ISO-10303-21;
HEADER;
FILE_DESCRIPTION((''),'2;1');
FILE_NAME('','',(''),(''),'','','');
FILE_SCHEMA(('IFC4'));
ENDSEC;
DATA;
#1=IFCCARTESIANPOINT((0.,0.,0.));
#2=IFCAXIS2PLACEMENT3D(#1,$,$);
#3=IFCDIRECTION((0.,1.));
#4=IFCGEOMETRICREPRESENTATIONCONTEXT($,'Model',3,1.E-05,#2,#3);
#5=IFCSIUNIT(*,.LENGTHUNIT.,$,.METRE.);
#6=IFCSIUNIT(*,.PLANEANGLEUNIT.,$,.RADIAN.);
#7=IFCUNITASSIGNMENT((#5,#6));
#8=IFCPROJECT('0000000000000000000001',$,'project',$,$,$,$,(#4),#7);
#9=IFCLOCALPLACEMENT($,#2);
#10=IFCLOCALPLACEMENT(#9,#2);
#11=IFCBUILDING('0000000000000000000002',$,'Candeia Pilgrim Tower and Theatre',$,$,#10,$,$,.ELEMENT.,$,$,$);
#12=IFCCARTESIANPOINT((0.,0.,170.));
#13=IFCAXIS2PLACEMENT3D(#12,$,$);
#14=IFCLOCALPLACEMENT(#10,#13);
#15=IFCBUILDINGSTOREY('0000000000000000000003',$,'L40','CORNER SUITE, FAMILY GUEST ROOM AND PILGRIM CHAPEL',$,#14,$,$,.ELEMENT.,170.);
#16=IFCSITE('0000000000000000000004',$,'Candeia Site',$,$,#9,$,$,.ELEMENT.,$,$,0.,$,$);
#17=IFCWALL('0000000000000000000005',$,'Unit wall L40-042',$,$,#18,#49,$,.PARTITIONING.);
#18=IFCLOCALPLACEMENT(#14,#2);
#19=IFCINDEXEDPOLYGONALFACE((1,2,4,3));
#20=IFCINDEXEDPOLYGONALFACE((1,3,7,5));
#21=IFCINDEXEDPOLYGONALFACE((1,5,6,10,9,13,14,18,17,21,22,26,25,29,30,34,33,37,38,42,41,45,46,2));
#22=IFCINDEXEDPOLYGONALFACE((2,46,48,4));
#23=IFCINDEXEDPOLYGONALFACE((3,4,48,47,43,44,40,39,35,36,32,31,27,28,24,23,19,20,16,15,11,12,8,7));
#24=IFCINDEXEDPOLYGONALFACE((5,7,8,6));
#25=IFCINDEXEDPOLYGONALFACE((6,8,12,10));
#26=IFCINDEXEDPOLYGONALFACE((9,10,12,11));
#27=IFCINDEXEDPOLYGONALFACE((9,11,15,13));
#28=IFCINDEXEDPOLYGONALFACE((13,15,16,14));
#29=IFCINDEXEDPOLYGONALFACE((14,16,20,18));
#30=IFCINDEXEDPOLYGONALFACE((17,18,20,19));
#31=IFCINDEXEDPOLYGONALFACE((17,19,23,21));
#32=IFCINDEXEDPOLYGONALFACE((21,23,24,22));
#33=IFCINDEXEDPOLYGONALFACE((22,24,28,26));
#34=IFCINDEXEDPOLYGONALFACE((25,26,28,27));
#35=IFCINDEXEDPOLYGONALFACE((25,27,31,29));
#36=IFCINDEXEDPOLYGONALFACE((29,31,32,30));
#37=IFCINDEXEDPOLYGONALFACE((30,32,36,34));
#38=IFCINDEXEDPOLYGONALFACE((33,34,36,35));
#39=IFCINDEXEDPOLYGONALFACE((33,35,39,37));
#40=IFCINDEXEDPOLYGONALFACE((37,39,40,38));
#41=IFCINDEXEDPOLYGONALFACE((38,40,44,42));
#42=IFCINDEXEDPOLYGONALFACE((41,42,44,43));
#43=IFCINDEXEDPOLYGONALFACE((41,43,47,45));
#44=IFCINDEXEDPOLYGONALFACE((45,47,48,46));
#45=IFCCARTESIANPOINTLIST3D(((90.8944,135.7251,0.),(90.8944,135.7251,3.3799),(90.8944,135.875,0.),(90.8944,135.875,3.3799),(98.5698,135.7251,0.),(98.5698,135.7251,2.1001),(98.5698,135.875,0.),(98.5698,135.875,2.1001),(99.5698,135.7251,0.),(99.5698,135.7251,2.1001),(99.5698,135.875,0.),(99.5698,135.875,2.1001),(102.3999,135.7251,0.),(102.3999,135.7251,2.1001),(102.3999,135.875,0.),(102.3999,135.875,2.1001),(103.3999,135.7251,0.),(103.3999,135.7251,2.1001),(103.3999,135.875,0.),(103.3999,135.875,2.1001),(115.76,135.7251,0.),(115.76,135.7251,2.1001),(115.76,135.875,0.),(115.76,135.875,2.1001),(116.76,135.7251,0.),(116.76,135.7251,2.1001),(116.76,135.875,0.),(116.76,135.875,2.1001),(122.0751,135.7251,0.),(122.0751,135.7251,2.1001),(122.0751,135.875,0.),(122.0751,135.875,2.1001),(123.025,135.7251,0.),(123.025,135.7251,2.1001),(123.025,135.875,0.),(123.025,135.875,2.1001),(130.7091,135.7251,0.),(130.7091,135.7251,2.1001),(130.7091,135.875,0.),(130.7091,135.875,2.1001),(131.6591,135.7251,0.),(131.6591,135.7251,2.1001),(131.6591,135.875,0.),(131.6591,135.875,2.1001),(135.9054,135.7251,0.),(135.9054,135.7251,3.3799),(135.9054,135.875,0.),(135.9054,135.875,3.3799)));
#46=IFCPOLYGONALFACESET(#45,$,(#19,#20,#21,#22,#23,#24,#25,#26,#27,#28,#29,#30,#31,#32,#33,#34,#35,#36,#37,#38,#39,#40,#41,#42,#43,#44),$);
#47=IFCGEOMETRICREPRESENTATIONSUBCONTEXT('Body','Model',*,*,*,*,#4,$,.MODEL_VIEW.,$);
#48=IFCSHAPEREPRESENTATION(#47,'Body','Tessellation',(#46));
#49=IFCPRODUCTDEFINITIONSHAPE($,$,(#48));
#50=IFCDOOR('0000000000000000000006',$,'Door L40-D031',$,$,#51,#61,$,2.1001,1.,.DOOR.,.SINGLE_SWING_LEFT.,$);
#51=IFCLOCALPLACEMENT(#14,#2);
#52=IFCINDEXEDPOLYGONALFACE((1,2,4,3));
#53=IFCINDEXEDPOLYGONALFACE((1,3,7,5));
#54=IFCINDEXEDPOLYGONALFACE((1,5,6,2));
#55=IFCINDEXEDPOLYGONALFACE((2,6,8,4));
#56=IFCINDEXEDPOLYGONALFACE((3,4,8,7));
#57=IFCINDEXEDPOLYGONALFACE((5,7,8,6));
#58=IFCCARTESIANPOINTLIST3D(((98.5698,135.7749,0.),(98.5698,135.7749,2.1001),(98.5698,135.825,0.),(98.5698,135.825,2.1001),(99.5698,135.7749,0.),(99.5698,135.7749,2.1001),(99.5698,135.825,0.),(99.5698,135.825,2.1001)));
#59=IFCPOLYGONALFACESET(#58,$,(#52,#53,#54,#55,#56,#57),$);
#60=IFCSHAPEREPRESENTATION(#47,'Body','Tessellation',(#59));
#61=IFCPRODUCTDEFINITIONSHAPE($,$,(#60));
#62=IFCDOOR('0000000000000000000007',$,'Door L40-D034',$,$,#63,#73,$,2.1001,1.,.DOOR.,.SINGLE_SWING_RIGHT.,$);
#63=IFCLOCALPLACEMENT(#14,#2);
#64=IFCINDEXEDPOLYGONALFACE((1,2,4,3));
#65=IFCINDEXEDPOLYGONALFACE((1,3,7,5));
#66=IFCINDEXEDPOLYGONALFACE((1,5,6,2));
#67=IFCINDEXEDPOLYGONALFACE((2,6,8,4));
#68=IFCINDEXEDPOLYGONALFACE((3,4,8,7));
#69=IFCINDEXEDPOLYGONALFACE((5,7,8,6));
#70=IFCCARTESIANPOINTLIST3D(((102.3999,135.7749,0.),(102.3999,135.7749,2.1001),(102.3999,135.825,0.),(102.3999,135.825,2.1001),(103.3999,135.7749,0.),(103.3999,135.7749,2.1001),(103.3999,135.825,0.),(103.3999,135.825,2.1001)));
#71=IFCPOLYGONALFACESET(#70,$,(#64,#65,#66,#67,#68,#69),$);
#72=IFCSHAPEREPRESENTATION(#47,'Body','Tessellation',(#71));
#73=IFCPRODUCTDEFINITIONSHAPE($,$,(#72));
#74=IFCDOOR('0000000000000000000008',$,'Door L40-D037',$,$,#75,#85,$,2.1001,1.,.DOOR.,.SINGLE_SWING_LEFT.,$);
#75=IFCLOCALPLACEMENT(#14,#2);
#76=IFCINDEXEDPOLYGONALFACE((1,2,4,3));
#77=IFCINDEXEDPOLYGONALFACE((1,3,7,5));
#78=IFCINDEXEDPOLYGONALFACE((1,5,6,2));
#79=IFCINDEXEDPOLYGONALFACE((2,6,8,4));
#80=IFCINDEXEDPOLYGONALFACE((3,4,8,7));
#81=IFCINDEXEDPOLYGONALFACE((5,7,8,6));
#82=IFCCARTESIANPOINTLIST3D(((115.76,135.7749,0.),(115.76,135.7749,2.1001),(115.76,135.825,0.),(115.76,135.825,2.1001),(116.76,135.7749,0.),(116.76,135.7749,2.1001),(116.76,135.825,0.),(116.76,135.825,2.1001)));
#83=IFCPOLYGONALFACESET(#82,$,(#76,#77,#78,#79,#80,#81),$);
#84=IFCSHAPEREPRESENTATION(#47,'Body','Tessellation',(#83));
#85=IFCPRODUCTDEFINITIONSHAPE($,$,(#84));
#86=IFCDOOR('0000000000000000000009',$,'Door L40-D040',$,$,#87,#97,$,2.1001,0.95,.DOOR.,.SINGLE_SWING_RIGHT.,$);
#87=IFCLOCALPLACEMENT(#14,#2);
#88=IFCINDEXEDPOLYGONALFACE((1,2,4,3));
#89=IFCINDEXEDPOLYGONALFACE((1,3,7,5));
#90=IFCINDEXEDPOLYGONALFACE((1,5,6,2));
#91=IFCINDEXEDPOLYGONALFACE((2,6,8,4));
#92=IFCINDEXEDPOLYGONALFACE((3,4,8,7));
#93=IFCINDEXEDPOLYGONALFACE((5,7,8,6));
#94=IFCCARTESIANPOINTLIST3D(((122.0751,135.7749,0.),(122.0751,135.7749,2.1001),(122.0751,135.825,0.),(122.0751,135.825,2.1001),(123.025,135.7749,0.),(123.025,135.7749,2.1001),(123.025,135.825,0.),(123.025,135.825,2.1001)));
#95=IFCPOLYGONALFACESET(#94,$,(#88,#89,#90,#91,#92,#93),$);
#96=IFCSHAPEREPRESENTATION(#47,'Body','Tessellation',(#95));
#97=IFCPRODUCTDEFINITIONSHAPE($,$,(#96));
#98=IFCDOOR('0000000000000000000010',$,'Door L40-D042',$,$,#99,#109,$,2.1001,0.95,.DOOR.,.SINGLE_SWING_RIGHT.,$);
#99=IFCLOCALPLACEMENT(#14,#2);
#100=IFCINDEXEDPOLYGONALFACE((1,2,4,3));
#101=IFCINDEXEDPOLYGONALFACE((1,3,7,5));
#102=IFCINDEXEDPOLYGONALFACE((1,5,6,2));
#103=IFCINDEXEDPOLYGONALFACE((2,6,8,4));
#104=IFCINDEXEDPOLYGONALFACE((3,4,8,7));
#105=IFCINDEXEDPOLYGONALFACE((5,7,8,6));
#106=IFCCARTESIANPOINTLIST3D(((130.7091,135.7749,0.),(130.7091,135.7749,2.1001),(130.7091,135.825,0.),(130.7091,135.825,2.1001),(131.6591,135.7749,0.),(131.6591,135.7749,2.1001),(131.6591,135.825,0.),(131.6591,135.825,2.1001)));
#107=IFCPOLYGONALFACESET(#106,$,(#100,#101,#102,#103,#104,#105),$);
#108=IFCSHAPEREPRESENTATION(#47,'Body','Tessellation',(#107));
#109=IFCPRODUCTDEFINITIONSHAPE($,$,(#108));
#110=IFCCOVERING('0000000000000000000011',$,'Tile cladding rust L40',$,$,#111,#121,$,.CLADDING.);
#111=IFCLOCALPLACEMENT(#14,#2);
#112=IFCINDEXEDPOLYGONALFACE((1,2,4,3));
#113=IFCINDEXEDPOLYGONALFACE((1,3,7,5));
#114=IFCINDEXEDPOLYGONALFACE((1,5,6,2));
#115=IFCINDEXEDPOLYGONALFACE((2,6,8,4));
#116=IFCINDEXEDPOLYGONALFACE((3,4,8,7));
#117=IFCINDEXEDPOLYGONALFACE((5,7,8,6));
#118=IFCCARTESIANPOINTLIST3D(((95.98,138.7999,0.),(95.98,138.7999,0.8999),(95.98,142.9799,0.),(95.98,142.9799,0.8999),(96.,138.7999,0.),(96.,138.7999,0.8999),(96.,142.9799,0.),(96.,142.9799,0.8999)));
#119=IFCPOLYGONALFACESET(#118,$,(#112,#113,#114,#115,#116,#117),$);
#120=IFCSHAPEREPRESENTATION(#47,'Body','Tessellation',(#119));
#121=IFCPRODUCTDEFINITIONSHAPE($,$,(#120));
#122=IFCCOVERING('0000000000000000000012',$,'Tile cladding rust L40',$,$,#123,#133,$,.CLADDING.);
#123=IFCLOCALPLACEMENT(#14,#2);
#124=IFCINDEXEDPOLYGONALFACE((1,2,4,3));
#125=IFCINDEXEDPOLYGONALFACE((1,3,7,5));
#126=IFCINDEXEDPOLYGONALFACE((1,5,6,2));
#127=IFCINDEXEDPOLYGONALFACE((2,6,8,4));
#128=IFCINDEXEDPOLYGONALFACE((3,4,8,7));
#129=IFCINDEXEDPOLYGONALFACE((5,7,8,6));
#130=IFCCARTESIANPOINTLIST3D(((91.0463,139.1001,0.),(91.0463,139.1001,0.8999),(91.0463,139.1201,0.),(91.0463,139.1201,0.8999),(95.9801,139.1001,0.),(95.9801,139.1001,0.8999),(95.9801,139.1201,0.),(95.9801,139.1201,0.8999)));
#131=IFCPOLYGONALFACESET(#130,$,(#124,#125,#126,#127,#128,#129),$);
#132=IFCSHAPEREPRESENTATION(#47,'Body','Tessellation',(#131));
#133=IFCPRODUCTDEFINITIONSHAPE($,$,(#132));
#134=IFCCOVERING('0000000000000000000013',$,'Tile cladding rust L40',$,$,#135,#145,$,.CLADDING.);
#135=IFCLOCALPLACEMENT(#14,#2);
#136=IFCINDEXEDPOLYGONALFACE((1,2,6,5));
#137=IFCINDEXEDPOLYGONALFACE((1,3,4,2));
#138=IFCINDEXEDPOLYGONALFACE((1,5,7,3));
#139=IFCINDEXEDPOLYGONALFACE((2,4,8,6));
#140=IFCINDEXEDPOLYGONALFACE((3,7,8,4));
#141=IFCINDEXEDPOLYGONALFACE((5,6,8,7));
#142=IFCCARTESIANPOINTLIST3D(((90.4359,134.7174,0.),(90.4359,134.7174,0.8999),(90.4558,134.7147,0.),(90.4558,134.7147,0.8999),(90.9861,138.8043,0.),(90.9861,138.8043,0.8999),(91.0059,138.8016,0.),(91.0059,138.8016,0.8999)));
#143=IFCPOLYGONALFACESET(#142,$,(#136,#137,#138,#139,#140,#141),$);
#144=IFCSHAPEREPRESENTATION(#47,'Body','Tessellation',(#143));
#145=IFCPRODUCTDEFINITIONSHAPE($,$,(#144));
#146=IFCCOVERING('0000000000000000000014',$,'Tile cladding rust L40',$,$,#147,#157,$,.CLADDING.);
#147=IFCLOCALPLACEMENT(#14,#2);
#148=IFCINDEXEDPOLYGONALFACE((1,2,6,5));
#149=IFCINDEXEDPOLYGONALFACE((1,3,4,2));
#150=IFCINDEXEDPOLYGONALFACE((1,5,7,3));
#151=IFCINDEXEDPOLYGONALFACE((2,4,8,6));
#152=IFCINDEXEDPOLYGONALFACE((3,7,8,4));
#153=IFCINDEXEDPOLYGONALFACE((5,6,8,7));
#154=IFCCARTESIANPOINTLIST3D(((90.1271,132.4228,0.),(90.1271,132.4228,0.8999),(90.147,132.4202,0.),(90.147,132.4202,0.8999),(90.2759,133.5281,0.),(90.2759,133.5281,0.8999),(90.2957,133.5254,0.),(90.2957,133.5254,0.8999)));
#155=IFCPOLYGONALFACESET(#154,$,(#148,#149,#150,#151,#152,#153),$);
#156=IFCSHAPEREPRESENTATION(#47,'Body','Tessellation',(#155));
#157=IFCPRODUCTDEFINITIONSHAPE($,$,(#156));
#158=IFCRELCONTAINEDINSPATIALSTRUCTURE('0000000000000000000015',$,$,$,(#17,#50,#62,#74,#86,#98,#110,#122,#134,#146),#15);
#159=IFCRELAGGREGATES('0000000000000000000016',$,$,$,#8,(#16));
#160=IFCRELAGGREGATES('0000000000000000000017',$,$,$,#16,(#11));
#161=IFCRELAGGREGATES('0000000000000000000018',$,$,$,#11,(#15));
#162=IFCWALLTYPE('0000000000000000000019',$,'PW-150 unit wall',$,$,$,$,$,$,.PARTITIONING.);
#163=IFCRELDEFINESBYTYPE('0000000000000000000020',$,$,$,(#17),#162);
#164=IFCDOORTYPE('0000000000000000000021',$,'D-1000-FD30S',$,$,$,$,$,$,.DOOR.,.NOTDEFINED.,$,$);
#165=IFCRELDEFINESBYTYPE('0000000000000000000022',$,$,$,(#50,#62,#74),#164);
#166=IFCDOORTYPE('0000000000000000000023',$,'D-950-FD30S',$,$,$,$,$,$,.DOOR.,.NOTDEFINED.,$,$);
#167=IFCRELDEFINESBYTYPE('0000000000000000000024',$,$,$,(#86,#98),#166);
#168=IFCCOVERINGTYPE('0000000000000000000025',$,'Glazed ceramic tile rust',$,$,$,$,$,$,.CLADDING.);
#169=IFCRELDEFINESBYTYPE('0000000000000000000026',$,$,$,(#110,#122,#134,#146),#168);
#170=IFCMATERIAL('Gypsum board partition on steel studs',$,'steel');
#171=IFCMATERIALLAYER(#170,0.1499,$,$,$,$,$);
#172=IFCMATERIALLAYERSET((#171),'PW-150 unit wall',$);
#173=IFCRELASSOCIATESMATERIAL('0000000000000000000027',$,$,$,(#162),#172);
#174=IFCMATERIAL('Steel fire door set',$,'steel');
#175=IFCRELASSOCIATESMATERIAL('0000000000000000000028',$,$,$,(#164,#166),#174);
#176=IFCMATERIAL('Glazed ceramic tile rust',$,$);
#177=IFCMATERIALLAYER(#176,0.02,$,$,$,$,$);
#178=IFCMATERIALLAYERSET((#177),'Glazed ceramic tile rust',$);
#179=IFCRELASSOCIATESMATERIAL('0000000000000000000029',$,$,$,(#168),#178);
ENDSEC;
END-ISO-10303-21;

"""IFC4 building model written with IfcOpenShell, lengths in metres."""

from ifc_helpers import new_model, si_unit, direction, frame, frame_2d, origin, origin_2d, place, context, subcontext, project, spatial, rectangle, extrude, material, layer, layer_set, type_object, element, fill, save


model = new_model("IFC4")

# Units and contexts
model_context = context("Model", 3, precision=1e-05, world=origin(), true_north=direction((0.0, 1.0)))
body_context = subcontext(model_context, "Body", "Model", "MODEL_VIEW")
ifc_project = project(units=[si_unit("LENGTHUNIT", "METRE"), si_unit("PLANEANGLEUNIT", "RADIAN")], contexts=[model_context])

# Site, building, storey
site_placement = place(None, origin())
site = spatial("IfcSite", under=ifc_project, at=site_placement, Name="Candeia Site", CompositionType="ELEMENT", RefElevation=0.0)
building_placement = place(site_placement, origin())
building = spatial("IfcBuilding", under=site, at=building_placement, Name="Candeia Pilgrim Tower and Theatre", CompositionType="ELEMENT")
storey_placement = place(building_placement, frame((0.0, 0.0, 170.0)))
storey = spatial("IfcBuildingStorey", under=building, at=storey_placement, Name="L40", Description="CORNER SUITE, FAMILY GUEST ROOM AND PILGRIM CHAPEL", CompositionType="ELEMENT", Elevation=170.0)

# Shared definitions
ifc_material_1 = material(Name="Gypsum board partition on steel studs", Category="steel")

# Wall, openings, doors
ifc_layer_1 = layer(ifc_material_1, 0.1499)
ifc_layer_set_1 = layer_set([ifc_layer_1], Name="PW-150 unit wall")
wall_type_1 = type_object("IfcWallType", Name="PW-150 unit wall", PredefinedType="PARTITIONING", material=ifc_layer_set_1)
wall_1_placement = place(storey_placement, frame((90.8945, 135.8, 0.0), z_axis=(0.0, 0.0, 1.0), x_axis=(1.0, 0.0, 0.0)))
wall_1 = element("IfcWall", 1, at=wall_1_placement, inside=storey, type_object=wall_type_1, Name="Unit wall L40-042", PredefinedType="PARTITIONING", context=body_context, shape_type="SweptSolid", body=[
    extrude(rectangle(XDim=45.011, YDim=0.1499, at=frame_2d((22.5054, 0.0))), origin(), (0.0, 0.0, 1.0), 3.3799),
])
opening_1_placement = place(wall_1_placement, frame((7.6753, 0.0, 0.0)))
opening_1 = element("IfcOpeningElement", 2, at=opening_1_placement, cuts=wall_1, PredefinedType="OPENING", context=body_context, shape_type="SweptSolid", body=[
    extrude(rectangle(XDim=1.0, YDim=2.1001, at=frame_2d((0.5, 1.05))), frame((0.0, 0.085, 0.0), z_axis=(0.0, -1.0, 0.0), x_axis=(1.0, 0.0, 0.0)), (0.0, 0.0, 1.0), 0.1699),
])
opening_2_placement = place(wall_1_placement, frame((11.5054, 0.0, 0.0)))
opening_2 = element("IfcOpeningElement", 3, at=opening_2_placement, cuts=wall_1, PredefinedType="OPENING", context=body_context, shape_type="SweptSolid", body=[
    extrude(rectangle(XDim=1.0, YDim=2.1001, at=frame_2d((0.5, 1.05))), frame((0.0, 0.085, 0.0), z_axis=(0.0, -1.0, 0.0), x_axis=(1.0, 0.0, 0.0)), (0.0, 0.0, 1.0), 0.1699),
])
opening_3_placement = place(wall_1_placement, frame((24.8655, 0.0, 0.0)))
opening_3 = element("IfcOpeningElement", 4, at=opening_3_placement, cuts=wall_1, PredefinedType="OPENING", context=body_context, shape_type="SweptSolid", body=[
    extrude(rectangle(XDim=1.0, YDim=2.1001, at=frame_2d((0.5, 1.05))), frame((0.0, 0.085, 0.0), z_axis=(0.0, -1.0, 0.0), x_axis=(1.0, 0.0, 0.0)), (0.0, 0.0, 1.0), 0.1699),
])
opening_4_placement = place(wall_1_placement, frame((31.1804, 0.0, 0.0)))
opening_4 = element("IfcOpeningElement", 5, at=opening_4_placement, cuts=wall_1, PredefinedType="OPENING", context=body_context, shape_type="SweptSolid", body=[
    extrude(rectangle(XDim=0.95, YDim=2.1001, at=frame_2d((0.4751, 1.05))), frame((0.0, 0.085, 0.0), z_axis=(0.0, -1.0, 0.0), x_axis=(1.0, 0.0, 0.0)), (0.0, 0.0, 1.0), 0.1699),
])
opening_5_placement = place(wall_1_placement, frame((39.8145, 0.0, 0.0)))
opening_5 = element("IfcOpeningElement", 6, at=opening_5_placement, cuts=wall_1, PredefinedType="OPENING", context=body_context, shape_type="SweptSolid", body=[
    extrude(rectangle(XDim=0.95, YDim=2.1001, at=frame_2d((0.4751, 1.05))), frame((0.0, 0.085, 0.0), z_axis=(0.0, -1.0, 0.0), x_axis=(1.0, 0.0, 0.0)), (0.0, 0.0, 1.0), 0.1699),
])
ifc_material_2 = material(Name="Steel fire door set", Category="steel")
door_type_1 = type_object("IfcDoorType", Name="D-1000-FD30S", OperationType="NOTDEFINED", PredefinedType="DOOR", material=ifc_material_2)
door_1_placement = place(opening_1_placement, origin())
door_1 = element("IfcDoor", 7, at=door_1_placement, inside=storey, type_object=door_type_1, Name="Door L40-D031", OperationType="SINGLE_SWING_LEFT", OverallHeight=2.1001, OverallWidth=1.0, PredefinedType="DOOR", context=body_context, shape_type="SweptSolid", body=[
    extrude(rectangle(XDim=1.0, YDim=2.1001, at=frame_2d((0.5, 1.05))), frame((0.0, 0.0249, 0.0), z_axis=(0.0, -1.0, 0.0), x_axis=(1.0, 0.0, 0.0)), (0.0, 0.0, 1.0), 0.05),
])
fill(opening_1, door_1)
door_2_placement = place(opening_2_placement, origin())
door_2 = element("IfcDoor", 8, at=door_2_placement, inside=storey, type_object=door_type_1, Name="Door L40-D034", OperationType="SINGLE_SWING_RIGHT", OverallHeight=2.1001, OverallWidth=1.0, PredefinedType="DOOR", context=body_context, shape_type="SweptSolid", body=[
    extrude(rectangle(XDim=1.0, YDim=2.1001, at=frame_2d((0.5, 1.05))), frame((0.0, 0.0249, 0.0), z_axis=(0.0, -1.0, 0.0), x_axis=(1.0, 0.0, 0.0)), (0.0, 0.0, 1.0), 0.05),
])
fill(opening_2, door_2)
door_3_placement = place(opening_3_placement, origin())
door_3 = element("IfcDoor", 9, at=door_3_placement, inside=storey, type_object=door_type_1, Name="Door L40-D037", OperationType="SINGLE_SWING_LEFT", OverallHeight=2.1001, OverallWidth=1.0, PredefinedType="DOOR", context=body_context, shape_type="SweptSolid", body=[
    extrude(rectangle(XDim=1.0, YDim=2.1001, at=frame_2d((0.5, 1.05))), frame((0.0, 0.0249, 0.0), z_axis=(0.0, -1.0, 0.0), x_axis=(1.0, 0.0, 0.0)), (0.0, 0.0, 1.0), 0.05),
])
fill(opening_3, door_3)
door_type_2 = type_object("IfcDoorType", Name="D-950-FD30S", OperationType="NOTDEFINED", PredefinedType="DOOR", material=ifc_material_2)
door_4_placement = place(opening_4_placement, origin())
door_4 = element("IfcDoor", 10, at=door_4_placement, inside=storey, type_object=door_type_2, Name="Door L40-D040", OperationType="SINGLE_SWING_RIGHT", OverallHeight=2.1001, OverallWidth=0.95, PredefinedType="DOOR", context=body_context, shape_type="SweptSolid", body=[
    extrude(rectangle(XDim=0.95, YDim=2.1001, at=frame_2d((0.4751, 1.05))), frame((0.0, 0.0249, 0.0), z_axis=(0.0, -1.0, 0.0), x_axis=(1.0, 0.0, 0.0)), (0.0, 0.0, 1.0), 0.05),
])
fill(opening_4, door_4)
door_5_placement = place(opening_5_placement, origin())
door_5 = element("IfcDoor", 11, at=door_5_placement, inside=storey, type_object=door_type_2, Name="Door L40-D042", OperationType="SINGLE_SWING_RIGHT", OverallHeight=2.1001, OverallWidth=0.95, PredefinedType="DOOR", context=body_context, shape_type="SweptSolid", body=[
    extrude(rectangle(XDim=0.95, YDim=2.1001, at=frame_2d((0.4751, 1.05))), frame((0.0, 0.0249, 0.0), z_axis=(0.0, -1.0, 0.0), x_axis=(1.0, 0.0, 0.0)), (0.0, 0.0, 1.0), 0.05),
])
fill(opening_5, door_5)

# Coverings
ifc_material_3 = material(Name="Glazed ceramic tile rust")
ifc_layer_2 = layer(ifc_material_3, 0.02)
ifc_layer_set_2 = layer_set([ifc_layer_2], Name="Glazed ceramic tile rust")
covering_type = type_object("IfcCoveringType", Name="Glazed ceramic tile rust", PredefinedType="CLADDING", material=ifc_layer_set_2)
covering_1_placement = place(storey_placement, frame((95.99, 140.8899, 0.0), z_axis=(0.0, 0.0, 1.0), x_axis=(0.0, -1.0, 0.0)))
element("IfcCovering", 12, at=covering_1_placement, inside=storey, type_object=covering_type, Name="Tile cladding rust L40", PredefinedType="CLADDING", context=body_context, shape_type="SweptSolid", body=[
    extrude(rectangle(XDim=4.1799, YDim=0.02, at=origin_2d()), origin(), (0.0, 0.0, 1.0), 0.8999),
])
covering_2_placement = place(storey_placement, frame((93.5132, 139.1101, 0.0), z_axis=(0.0, 0.0, 1.0), x_axis=(-1.0, 0.0, 0.0)))
element("IfcCovering", 13, at=covering_2_placement, inside=storey, type_object=covering_type, Name="Tile cladding rust L40", PredefinedType="CLADDING", context=body_context, shape_type="SweptSolid", body=[
    extrude(rectangle(XDim=4.9338, YDim=0.02, at=origin_2d()), origin(), (0.0, 0.0, 1.0), 0.8999),
])
covering_3_placement = place(storey_placement, frame((90.7209, 136.7595, 0.0), z_axis=(0.0, 0.0, 1.0), x_axis=(-0.133412, -0.991061, 0.0)))
element("IfcCovering", 14, at=covering_3_placement, inside=storey, type_object=covering_type, Name="Tile cladding rust L40", PredefinedType="CLADDING", context=body_context, shape_type="SweptSolid", body=[
    extrude(rectangle(XDim=4.1238, YDim=0.02, at=origin_2d()), origin(), (0.0, 0.0, 1.0), 0.8999),
])
covering_4_placement = place(storey_placement, frame((90.2114, 132.9741, 0.0), z_axis=(0.0, 0.0, 1.0), x_axis=(-0.133412, -0.991061, 0.0)))
element("IfcCovering", 15, at=covering_4_placement, inside=storey, type_object=covering_type, Name="Tile cladding rust L40", PredefinedType="CLADDING", context=body_context, shape_type="SweptSolid", body=[
    extrude(rectangle(XDim=1.1152, YDim=0.02, at=origin_2d()), origin(), (0.0, 0.0, 1.0), 0.8999),
])

save(model, "model.ifc")
